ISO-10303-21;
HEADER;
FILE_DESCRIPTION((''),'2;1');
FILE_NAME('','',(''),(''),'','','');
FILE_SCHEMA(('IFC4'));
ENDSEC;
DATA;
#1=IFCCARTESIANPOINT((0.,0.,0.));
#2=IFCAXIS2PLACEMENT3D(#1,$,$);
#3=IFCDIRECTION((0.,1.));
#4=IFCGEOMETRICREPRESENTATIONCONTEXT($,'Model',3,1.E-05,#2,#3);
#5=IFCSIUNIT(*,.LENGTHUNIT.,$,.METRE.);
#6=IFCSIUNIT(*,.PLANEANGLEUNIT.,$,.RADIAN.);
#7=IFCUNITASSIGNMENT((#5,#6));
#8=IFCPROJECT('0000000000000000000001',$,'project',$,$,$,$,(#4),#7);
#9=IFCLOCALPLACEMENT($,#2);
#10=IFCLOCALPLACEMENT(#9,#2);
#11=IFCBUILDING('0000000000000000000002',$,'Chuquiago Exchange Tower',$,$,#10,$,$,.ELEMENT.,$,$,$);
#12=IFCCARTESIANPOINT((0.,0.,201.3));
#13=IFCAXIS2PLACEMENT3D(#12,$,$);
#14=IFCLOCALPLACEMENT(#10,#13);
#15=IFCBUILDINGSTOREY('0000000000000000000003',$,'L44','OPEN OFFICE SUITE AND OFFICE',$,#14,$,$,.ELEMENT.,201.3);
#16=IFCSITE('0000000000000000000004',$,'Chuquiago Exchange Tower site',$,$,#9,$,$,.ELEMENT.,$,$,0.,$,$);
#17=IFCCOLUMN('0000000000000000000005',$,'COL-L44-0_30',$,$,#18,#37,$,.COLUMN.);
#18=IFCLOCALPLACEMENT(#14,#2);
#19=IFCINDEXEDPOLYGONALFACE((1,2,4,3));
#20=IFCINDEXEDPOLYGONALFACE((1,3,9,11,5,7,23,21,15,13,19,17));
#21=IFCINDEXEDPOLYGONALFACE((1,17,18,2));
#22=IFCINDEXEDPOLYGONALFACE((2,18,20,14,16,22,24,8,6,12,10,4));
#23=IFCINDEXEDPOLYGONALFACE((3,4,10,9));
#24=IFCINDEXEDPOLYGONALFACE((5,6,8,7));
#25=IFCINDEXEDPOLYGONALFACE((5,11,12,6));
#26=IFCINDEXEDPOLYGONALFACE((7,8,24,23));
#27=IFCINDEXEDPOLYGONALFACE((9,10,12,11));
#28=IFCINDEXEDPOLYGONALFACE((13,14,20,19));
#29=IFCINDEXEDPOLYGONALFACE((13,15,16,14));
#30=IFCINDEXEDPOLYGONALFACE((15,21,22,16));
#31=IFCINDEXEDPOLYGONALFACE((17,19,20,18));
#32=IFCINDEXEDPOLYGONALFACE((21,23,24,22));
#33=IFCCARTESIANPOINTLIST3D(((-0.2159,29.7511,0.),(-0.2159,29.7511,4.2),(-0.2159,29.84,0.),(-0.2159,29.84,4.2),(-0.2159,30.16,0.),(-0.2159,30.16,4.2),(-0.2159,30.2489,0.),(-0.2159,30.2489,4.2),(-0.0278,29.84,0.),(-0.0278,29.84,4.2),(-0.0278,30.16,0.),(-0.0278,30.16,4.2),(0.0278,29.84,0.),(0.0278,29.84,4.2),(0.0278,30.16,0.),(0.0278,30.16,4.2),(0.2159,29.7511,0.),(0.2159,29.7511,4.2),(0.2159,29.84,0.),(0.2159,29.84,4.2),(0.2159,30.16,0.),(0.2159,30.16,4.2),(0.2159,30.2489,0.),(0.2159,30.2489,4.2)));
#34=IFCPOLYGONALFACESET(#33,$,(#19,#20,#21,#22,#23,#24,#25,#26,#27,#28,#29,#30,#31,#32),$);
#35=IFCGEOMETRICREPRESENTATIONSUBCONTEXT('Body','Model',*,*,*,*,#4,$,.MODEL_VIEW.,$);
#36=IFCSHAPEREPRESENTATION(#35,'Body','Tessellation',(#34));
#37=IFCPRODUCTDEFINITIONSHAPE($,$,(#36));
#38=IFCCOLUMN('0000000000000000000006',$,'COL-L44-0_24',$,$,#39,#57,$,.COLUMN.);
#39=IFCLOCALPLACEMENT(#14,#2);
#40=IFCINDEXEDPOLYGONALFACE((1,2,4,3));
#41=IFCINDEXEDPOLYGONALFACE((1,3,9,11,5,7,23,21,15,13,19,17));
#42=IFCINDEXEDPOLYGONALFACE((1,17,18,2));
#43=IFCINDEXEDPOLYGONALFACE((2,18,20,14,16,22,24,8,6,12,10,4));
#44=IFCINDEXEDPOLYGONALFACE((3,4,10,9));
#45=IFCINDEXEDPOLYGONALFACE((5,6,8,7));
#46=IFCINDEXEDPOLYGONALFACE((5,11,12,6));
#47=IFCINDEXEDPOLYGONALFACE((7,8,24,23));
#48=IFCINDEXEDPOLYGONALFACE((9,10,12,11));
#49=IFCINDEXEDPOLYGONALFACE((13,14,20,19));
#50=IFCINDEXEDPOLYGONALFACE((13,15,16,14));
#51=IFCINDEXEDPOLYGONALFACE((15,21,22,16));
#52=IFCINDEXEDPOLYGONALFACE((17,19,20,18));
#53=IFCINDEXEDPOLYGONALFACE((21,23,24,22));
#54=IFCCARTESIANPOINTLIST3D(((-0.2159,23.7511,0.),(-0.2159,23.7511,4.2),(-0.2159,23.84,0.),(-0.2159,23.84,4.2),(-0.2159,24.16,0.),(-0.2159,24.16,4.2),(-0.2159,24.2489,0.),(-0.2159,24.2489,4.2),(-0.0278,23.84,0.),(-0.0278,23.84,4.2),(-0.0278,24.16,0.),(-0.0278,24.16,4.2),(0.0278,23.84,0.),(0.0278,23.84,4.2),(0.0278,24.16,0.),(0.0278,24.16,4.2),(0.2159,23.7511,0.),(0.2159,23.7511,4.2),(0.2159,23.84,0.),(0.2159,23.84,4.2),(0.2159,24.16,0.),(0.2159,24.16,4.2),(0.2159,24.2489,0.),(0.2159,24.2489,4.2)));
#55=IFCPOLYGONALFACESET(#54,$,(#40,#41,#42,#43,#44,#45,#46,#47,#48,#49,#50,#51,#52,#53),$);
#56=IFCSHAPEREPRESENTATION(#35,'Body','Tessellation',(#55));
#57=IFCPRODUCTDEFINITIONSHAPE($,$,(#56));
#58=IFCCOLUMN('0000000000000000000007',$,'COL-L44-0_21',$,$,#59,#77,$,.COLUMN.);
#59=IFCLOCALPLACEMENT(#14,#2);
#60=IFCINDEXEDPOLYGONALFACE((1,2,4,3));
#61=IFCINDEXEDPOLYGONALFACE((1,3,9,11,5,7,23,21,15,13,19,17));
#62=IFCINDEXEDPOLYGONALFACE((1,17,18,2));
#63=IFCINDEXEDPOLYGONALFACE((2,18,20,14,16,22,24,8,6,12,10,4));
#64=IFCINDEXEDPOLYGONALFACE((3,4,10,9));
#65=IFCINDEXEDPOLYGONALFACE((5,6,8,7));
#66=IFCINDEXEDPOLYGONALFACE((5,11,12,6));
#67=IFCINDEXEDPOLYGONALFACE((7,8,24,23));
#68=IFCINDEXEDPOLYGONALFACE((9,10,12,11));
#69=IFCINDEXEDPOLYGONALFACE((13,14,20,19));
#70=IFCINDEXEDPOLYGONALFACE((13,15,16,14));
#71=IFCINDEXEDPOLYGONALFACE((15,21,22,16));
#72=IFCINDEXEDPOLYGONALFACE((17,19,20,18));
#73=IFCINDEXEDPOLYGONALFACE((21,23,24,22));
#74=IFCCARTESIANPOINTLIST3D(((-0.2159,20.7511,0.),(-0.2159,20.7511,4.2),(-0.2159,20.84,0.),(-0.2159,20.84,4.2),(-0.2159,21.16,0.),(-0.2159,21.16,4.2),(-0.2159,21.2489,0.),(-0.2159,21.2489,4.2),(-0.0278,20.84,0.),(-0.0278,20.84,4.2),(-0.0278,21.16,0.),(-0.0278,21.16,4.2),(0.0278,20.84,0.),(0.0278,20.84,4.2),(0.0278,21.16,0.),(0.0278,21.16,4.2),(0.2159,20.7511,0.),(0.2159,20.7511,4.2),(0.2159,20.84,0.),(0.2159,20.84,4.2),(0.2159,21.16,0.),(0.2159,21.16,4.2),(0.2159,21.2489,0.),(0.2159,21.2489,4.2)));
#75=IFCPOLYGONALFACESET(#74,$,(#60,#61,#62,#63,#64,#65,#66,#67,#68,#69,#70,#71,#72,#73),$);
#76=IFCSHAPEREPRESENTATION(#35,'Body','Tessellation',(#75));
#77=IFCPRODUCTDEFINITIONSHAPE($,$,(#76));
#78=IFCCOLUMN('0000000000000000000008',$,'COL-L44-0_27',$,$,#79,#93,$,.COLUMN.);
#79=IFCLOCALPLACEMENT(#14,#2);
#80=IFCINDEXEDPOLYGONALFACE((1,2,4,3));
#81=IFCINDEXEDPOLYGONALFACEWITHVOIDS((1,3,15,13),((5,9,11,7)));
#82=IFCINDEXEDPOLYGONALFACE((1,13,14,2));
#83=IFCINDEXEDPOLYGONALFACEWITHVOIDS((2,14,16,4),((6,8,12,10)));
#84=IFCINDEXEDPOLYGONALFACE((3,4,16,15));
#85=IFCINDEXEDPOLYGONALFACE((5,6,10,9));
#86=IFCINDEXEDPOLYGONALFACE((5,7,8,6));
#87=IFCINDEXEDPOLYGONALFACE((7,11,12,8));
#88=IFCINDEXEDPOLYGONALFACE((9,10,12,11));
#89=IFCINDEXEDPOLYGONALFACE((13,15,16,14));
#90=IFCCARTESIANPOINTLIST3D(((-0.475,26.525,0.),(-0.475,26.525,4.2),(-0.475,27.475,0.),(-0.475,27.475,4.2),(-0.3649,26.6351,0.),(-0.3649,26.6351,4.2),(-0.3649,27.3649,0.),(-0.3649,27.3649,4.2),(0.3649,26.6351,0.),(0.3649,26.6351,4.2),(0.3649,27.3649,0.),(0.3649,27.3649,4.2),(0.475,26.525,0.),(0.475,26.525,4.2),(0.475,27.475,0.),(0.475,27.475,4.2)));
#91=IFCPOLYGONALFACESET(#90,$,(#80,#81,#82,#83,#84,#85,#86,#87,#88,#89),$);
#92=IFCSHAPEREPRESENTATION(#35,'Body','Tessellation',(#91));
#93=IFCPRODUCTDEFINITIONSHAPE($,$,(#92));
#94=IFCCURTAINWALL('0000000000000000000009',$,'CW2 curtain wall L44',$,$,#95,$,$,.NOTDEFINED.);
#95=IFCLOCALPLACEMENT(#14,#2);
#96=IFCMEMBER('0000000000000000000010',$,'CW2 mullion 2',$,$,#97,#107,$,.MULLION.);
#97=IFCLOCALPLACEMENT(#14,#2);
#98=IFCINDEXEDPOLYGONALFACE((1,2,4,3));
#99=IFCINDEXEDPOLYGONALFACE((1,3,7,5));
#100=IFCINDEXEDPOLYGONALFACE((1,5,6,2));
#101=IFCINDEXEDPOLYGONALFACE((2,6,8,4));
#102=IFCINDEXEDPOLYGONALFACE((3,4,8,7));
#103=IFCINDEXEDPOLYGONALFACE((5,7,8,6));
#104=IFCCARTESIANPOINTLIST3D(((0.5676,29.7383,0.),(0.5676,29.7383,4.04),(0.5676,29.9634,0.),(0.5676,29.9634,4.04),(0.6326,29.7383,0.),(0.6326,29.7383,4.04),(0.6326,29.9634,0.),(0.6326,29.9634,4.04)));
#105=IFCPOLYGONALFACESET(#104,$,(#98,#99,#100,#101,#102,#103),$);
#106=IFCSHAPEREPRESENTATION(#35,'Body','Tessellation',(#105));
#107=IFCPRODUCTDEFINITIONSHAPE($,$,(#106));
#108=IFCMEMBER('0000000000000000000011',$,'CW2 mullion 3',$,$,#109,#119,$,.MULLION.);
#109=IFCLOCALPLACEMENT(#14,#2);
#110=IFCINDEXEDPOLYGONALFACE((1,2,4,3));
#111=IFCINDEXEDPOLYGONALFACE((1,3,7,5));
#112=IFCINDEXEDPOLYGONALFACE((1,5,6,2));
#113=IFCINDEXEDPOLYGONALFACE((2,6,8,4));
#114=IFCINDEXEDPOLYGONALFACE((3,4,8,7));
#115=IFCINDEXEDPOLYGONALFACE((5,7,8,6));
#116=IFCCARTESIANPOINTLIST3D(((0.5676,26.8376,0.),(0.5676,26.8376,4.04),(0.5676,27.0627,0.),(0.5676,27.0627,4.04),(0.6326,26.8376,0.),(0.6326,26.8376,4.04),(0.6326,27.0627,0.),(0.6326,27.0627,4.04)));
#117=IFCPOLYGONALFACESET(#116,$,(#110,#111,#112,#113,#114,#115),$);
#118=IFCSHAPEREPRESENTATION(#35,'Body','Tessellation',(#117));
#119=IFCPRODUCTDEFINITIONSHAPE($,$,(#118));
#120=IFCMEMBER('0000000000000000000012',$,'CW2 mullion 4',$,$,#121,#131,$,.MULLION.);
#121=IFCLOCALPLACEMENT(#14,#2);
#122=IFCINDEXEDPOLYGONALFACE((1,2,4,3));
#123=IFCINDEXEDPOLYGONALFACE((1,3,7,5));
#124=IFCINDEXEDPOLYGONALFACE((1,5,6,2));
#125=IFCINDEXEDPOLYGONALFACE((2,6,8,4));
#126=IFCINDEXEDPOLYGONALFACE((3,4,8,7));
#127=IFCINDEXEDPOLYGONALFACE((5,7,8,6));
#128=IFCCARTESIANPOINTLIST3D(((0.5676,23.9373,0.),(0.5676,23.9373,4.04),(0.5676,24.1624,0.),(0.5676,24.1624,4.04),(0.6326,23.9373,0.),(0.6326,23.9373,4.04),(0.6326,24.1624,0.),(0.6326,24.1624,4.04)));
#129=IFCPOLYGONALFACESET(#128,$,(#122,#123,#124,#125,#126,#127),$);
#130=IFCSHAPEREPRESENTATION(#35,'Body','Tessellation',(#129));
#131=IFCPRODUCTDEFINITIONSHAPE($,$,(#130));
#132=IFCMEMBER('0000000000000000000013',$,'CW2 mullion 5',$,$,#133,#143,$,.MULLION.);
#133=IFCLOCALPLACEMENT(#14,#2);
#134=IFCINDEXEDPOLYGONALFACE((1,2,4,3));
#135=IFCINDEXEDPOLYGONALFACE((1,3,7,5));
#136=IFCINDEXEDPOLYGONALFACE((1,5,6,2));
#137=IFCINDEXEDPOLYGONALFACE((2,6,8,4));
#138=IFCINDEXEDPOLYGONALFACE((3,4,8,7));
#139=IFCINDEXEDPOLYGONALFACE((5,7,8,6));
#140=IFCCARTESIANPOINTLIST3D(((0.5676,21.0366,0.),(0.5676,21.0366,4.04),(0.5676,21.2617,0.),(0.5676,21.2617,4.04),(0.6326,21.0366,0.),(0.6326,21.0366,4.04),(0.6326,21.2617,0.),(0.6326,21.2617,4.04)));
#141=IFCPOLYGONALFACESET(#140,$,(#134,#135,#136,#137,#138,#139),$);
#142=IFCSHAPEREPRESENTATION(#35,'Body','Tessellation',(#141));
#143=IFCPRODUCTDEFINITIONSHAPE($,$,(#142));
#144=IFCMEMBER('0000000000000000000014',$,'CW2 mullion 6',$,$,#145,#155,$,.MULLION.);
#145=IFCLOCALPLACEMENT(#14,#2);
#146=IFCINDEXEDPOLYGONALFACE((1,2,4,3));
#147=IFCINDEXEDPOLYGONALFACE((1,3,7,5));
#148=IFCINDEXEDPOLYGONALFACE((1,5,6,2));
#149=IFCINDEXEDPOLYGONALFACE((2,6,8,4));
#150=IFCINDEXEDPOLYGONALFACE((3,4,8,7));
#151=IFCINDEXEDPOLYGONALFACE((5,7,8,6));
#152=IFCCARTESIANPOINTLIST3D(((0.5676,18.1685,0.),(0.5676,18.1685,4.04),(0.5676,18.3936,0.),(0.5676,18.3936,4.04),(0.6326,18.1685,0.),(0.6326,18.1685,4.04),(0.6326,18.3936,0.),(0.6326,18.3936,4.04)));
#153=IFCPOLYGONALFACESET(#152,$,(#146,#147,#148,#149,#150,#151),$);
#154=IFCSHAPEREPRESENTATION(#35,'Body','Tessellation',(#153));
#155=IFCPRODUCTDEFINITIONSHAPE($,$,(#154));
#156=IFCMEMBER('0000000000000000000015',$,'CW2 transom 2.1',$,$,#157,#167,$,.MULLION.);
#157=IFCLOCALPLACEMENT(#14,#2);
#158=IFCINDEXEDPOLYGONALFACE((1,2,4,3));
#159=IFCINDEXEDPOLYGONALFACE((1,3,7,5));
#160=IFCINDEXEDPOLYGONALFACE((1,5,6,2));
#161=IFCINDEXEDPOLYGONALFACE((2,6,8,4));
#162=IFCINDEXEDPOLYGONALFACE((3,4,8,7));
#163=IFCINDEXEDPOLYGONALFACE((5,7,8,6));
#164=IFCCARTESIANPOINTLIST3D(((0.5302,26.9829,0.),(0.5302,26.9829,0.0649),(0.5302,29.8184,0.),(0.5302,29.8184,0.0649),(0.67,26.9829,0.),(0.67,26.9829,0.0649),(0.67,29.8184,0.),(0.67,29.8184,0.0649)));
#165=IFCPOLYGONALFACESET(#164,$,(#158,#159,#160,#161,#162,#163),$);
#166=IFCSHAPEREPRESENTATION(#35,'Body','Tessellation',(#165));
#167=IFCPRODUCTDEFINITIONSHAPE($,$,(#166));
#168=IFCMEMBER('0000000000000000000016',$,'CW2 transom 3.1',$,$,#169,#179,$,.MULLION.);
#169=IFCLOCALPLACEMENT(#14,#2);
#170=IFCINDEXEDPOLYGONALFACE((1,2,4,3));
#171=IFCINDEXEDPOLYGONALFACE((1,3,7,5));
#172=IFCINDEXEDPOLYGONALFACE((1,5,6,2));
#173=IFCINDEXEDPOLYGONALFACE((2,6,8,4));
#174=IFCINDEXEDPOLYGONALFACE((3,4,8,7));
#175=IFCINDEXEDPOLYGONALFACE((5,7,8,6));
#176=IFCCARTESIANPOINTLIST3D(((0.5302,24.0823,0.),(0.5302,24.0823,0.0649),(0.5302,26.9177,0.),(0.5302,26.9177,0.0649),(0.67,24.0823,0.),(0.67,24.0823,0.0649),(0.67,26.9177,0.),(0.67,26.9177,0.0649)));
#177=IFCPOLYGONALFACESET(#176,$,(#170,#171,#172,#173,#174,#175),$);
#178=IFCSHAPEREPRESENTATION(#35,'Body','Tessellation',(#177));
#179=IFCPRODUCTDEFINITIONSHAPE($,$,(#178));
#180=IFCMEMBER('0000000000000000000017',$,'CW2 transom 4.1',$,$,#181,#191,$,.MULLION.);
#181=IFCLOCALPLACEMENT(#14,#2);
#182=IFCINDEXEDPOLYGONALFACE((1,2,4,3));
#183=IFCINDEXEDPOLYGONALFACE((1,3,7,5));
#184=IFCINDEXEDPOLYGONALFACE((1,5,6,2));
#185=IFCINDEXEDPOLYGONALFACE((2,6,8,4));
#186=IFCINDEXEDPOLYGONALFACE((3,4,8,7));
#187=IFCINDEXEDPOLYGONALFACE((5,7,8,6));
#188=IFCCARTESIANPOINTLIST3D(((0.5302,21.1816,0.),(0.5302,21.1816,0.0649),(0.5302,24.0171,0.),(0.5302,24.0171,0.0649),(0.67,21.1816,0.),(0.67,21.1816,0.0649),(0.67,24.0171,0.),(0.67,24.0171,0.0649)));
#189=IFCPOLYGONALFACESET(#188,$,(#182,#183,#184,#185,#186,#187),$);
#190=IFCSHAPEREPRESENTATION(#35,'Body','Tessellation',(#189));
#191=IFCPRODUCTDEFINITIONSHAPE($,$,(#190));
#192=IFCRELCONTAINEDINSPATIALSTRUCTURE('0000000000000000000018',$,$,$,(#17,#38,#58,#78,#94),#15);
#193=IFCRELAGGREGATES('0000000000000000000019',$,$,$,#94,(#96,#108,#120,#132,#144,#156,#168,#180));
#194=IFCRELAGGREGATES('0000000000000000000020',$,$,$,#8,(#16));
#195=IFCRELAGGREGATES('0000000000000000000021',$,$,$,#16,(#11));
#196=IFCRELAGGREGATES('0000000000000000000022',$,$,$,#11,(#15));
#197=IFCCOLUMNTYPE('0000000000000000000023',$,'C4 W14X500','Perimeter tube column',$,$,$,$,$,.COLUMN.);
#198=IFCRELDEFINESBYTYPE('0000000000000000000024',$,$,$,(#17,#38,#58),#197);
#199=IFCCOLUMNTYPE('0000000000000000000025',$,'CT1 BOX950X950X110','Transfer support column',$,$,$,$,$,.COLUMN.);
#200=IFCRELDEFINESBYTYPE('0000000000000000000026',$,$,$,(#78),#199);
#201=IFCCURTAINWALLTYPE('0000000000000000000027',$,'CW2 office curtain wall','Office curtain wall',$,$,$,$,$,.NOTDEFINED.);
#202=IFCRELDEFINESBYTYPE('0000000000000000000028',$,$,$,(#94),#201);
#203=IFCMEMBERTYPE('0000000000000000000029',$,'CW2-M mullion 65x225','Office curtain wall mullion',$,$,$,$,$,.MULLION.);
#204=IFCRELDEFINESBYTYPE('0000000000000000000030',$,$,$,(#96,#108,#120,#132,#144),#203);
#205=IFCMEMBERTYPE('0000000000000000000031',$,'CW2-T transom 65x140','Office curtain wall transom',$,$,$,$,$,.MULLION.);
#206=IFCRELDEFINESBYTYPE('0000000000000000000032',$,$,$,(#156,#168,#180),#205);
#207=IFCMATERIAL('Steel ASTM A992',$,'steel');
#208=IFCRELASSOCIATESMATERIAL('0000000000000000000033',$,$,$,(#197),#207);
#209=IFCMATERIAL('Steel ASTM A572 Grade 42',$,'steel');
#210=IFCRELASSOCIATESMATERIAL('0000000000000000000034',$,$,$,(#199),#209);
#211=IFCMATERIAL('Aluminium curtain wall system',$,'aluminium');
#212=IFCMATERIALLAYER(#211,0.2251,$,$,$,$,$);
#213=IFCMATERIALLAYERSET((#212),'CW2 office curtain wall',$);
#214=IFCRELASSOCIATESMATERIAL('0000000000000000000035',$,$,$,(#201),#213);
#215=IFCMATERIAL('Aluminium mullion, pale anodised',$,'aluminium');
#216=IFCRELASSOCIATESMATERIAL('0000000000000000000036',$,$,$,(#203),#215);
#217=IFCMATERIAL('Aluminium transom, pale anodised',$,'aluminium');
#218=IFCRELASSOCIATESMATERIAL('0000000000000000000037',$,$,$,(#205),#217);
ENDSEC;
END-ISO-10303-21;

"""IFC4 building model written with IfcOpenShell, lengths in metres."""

from ifc_helpers import new_model, si_unit, direction, frame, origin, origin_2d, place, context, subcontext, project, spatial, rectangle, hollow_rectangle, i_section, extrude, material, layer, layer_set, material_profile, profile_set, type_object, element, aggregate, save


model = new_model("IFC4")

# Units and contexts
model_context = context("Model", 3, precision=1e-05, world=origin(), true_north=direction((0.0, 1.0)))
body_context = subcontext(model_context, "Body", "Model", "MODEL_VIEW")
ifc_project = project(units=[si_unit("LENGTHUNIT", "METRE"), si_unit("PLANEANGLEUNIT", "RADIAN")], contexts=[model_context])

# Site, building, storey
site_placement = place(None, origin())
site = spatial("IfcSite", under=ifc_project, at=site_placement, Name="Chuquiago Exchange Tower site", CompositionType="ELEMENT", RefElevation=0.0)
building_placement = place(site_placement, origin())
building = spatial("IfcBuilding", under=site, at=building_placement, Name="Chuquiago Exchange Tower", CompositionType="ELEMENT")
storey_placement = place(building_placement, frame((0.0, 0.0, 201.3)))
storey = spatial("IfcBuildingStorey", under=building, at=storey_placement, Name="L44", Description="OPEN OFFICE SUITE AND OFFICE", CompositionType="ELEMENT", Elevation=201.3)

# Columns
ifc_material_1 = material(Name="Steel ASTM A992", Category="steel")
ifc_material_profile_1 = material_profile(ifc_material_1, i_section(OverallWidth=0.4319, OverallDepth=0.4978, WebThickness=0.0557, FlangeThickness=0.0889, at=origin_2d()), Name="W14X500")
ifc_profile_set_1 = profile_set([ifc_material_profile_1], Name="Steel ASTM A992")
column_type_1 = type_object("IfcColumnType", Name="C4 W14X500", Description="Perimeter tube column", PredefinedType="COLUMN", material=ifc_profile_set_1)
for number, where, z_axis, x_axis, name in (
    (1, (0.0, 30.0, 0.0), (0.0, 0.0, 1.0), (-1.0, 0.0, 0.0), "COL-L44-0_30"),
    (2, (0.0, 24.0, 0.0), (0.0, 0.0, 1.0), (-1.0, 0.0, 0.0), "COL-L44-0_24"),
    (3, (0.0, 21.0, 0.0), (0.0, 0.0, 1.0), (-1.0, 0.0, 0.0), "COL-L44-0_21"),
):
    element("IfcColumn", number, at=place(storey_placement, frame(where, z_axis=z_axis, x_axis=x_axis)), inside=storey, type_object=column_type_1, Name=name, PredefinedType="COLUMN", context=body_context, shape_type="SweptSolid", body=[
        extrude(i_section(OverallWidth=0.4319, OverallDepth=0.4978, WebThickness=0.0557, FlangeThickness=0.0889, at=origin_2d()), origin(), (0.0, 0.0, 1.0), 4.2),
    ])
ifc_material_2 = material(Name="Steel ASTM A572 Grade 42", Category="steel")
ifc_material_profile_2 = material_profile(ifc_material_2, hollow_rectangle(XDim=0.95, YDim=0.95, WallThickness=0.1101, at=origin_2d()), Name="BOX950X950X110")
ifc_profile_set_2 = profile_set([ifc_material_profile_2], Name="Steel ASTM A572 Grade 42")
column_type_2 = type_object("IfcColumnType", Name="CT1 BOX950X950X110", Description="Transfer support column", PredefinedType="COLUMN", material=ifc_profile_set_2)
column_placement = place(storey_placement, frame((0.0, 27.0, 0.0), z_axis=(0.0, 0.0, 1.0), x_axis=(-1.0, 0.0, 0.0)))
element("IfcColumn", 4, at=column_placement, inside=storey, type_object=column_type_2, Name="COL-L44-0_27", PredefinedType="COLUMN", context=body_context, shape_type="SweptSolid", body=[
    extrude(hollow_rectangle(XDim=0.95, YDim=0.95, WallThickness=0.1101, at=origin_2d()), origin(), (0.0, 0.0, 1.0), 4.2),
])

# Curtain wall, members
ifc_material_3 = material(Name="Aluminium curtain wall system", Category="aluminium")
ifc_layer_1 = layer(ifc_material_3, 0.2251)
ifc_layer_set_1 = layer_set([ifc_layer_1], Name="CW2 office curtain wall")
curtain_wall_type = type_object("IfcCurtainWallType", Name="CW2 office curtain wall", Description="Office curtain wall", PredefinedType="NOTDEFINED", material=ifc_layer_set_1)
curtain_wall_placement = place(storey_placement, origin())
curtain_wall = element("IfcCurtainWall", 5, at=curtain_wall_placement, inside=storey, type_object=curtain_wall_type, Name="CW2 curtain wall L44", PredefinedType="NOTDEFINED")
ifc_material_4 = material(Name="Aluminium mullion, pale anodised", Category="aluminium")
ifc_material_profile_3 = material_profile(ifc_material_4, rectangle(XDim=0.0649, YDim=0.2251, at=origin_2d()), Name="AL 65x225")
ifc_profile_set_3 = profile_set([ifc_material_profile_3], Name="Aluminium mullion, pale anodised")
member_type_1 = type_object("IfcMemberType", Name="CW2-M mullion 65x225", Description="Office curtain wall mullion", PredefinedType="MULLION", material=ifc_profile_set_3)
member_1_placement = place(storey_placement, frame((0.6001, 29.8508, 0.0), z_axis=(0.0, 0.0, 1.0), x_axis=(1.0, 0.0, 0.0)))
member_1 = element("IfcMember", 6, at=member_1_placement, type_object=member_type_1, Name="CW2 mullion 2", PredefinedType="MULLION", context=body_context, shape_type="SweptSolid", body=[
    extrude(rectangle(XDim=0.0649, YDim=0.2251, at=origin_2d()), origin(), (0.0, 0.0, 1.0), 4.04),
])
member_2_placement = place(storey_placement, frame((0.6001, 26.9502, 0.0), z_axis=(0.0, 0.0, 1.0), x_axis=(1.0, 0.0, 0.0)))
member_2 = element("IfcMember", 7, at=member_2_placement, type_object=member_type_1, Name="CW2 mullion 3", PredefinedType="MULLION", context=body_context, shape_type="SweptSolid", body=[
    extrude(rectangle(XDim=0.0649, YDim=0.2251, at=origin_2d()), origin(), (0.0, 0.0, 1.0), 4.04),
])
member_3_placement = place(storey_placement, frame((0.6001, 24.0498, 0.0), z_axis=(0.0, 0.0, 1.0), x_axis=(1.0, 0.0, 0.0)))
member_3 = element("IfcMember", 8, at=member_3_placement, type_object=member_type_1, Name="CW2 mullion 4", PredefinedType="MULLION", context=body_context, shape_type="SweptSolid", body=[
    extrude(rectangle(XDim=0.0649, YDim=0.2251, at=origin_2d()), origin(), (0.0, 0.0, 1.0), 4.04),
])
member_4_placement = place(storey_placement, frame((0.6001, 21.1492, 0.0), z_axis=(0.0, 0.0, 1.0), x_axis=(1.0, 0.0, 0.0)))
member_4 = element("IfcMember", 9, at=member_4_placement, type_object=member_type_1, Name="CW2 mullion 5", PredefinedType="MULLION", context=body_context, shape_type="SweptSolid", body=[
    extrude(rectangle(XDim=0.0649, YDim=0.2251, at=origin_2d()), origin(), (0.0, 0.0, 1.0), 4.04),
])
member_5_placement = place(storey_placement, frame((0.6001, 18.281, 0.0), z_axis=(0.0, 0.0, 1.0), x_axis=(1.0, 0.0, 0.0)))
member_5 = element("IfcMember", 10, at=member_5_placement, type_object=member_type_1, Name="CW2 mullion 6", PredefinedType="MULLION", context=body_context, shape_type="SweptSolid", body=[
    extrude(rectangle(XDim=0.0649, YDim=0.2251, at=origin_2d()), origin(), (0.0, 0.0, 1.0), 4.04),
])
ifc_material_5 = material(Name="Aluminium transom, pale anodised", Category="aluminium")
ifc_material_profile_4 = material_profile(ifc_material_5, rectangle(XDim=0.1399, YDim=0.0649, at=origin_2d()), Name="AL 140x65")
ifc_profile_set_4 = profile_set([ifc_material_profile_4], Name="Aluminium transom, pale anodised")
member_type_2 = type_object("IfcMemberType", Name="CW2-T transom 65x140", Description="Office curtain wall transom", PredefinedType="MULLION", material=ifc_profile_set_4)
member_6_placement = place(storey_placement, frame((0.6001, 29.8184, 0.0325), z_axis=(0.0, -1.0, 0.0), x_axis=(1.0, 0.0, 0.0)))
member_6 = element("IfcMember", 11, at=member_6_placement, type_object=member_type_2, Name="CW2 transom 2.1", PredefinedType="MULLION", context=body_context, shape_type="SweptSolid", body=[
    extrude(rectangle(XDim=0.1399, YDim=0.0649, at=origin_2d()), origin(), (0.0, 0.0, 1.0), 2.8354),
])
member_7_placement = place(storey_placement, frame((0.6001, 26.9177, 0.0325), z_axis=(0.0, -1.0, 0.0), x_axis=(1.0, 0.0, 0.0)))
member_7 = element("IfcMember", 12, at=member_7_placement, type_object=member_type_2, Name="CW2 transom 3.1", PredefinedType="MULLION", context=body_context, shape_type="SweptSolid", body=[
    extrude(rectangle(XDim=0.1399, YDim=0.0649, at=origin_2d()), origin(), (0.0, 0.0, 1.0), 2.8354),
])
member_8_placement = place(storey_placement, frame((0.6001, 24.0171, 0.0325), z_axis=(0.0, -1.0, 0.0), x_axis=(1.0, 0.0, 0.0)))
member_8 = element("IfcMember", 13, at=member_8_placement, type_object=member_type_2, Name="CW2 transom 4.1", PredefinedType="MULLION", context=body_context, shape_type="SweptSolid", body=[
    extrude(rectangle(XDim=0.1399, YDim=0.0649, at=origin_2d()), origin(), (0.0, 0.0, 1.0), 2.8354),
])

aggregate(curtain_wall, [member_1, member_2, member_3, member_4, member_5, member_6, member_7, member_8])

save(model, "model.ifc")
